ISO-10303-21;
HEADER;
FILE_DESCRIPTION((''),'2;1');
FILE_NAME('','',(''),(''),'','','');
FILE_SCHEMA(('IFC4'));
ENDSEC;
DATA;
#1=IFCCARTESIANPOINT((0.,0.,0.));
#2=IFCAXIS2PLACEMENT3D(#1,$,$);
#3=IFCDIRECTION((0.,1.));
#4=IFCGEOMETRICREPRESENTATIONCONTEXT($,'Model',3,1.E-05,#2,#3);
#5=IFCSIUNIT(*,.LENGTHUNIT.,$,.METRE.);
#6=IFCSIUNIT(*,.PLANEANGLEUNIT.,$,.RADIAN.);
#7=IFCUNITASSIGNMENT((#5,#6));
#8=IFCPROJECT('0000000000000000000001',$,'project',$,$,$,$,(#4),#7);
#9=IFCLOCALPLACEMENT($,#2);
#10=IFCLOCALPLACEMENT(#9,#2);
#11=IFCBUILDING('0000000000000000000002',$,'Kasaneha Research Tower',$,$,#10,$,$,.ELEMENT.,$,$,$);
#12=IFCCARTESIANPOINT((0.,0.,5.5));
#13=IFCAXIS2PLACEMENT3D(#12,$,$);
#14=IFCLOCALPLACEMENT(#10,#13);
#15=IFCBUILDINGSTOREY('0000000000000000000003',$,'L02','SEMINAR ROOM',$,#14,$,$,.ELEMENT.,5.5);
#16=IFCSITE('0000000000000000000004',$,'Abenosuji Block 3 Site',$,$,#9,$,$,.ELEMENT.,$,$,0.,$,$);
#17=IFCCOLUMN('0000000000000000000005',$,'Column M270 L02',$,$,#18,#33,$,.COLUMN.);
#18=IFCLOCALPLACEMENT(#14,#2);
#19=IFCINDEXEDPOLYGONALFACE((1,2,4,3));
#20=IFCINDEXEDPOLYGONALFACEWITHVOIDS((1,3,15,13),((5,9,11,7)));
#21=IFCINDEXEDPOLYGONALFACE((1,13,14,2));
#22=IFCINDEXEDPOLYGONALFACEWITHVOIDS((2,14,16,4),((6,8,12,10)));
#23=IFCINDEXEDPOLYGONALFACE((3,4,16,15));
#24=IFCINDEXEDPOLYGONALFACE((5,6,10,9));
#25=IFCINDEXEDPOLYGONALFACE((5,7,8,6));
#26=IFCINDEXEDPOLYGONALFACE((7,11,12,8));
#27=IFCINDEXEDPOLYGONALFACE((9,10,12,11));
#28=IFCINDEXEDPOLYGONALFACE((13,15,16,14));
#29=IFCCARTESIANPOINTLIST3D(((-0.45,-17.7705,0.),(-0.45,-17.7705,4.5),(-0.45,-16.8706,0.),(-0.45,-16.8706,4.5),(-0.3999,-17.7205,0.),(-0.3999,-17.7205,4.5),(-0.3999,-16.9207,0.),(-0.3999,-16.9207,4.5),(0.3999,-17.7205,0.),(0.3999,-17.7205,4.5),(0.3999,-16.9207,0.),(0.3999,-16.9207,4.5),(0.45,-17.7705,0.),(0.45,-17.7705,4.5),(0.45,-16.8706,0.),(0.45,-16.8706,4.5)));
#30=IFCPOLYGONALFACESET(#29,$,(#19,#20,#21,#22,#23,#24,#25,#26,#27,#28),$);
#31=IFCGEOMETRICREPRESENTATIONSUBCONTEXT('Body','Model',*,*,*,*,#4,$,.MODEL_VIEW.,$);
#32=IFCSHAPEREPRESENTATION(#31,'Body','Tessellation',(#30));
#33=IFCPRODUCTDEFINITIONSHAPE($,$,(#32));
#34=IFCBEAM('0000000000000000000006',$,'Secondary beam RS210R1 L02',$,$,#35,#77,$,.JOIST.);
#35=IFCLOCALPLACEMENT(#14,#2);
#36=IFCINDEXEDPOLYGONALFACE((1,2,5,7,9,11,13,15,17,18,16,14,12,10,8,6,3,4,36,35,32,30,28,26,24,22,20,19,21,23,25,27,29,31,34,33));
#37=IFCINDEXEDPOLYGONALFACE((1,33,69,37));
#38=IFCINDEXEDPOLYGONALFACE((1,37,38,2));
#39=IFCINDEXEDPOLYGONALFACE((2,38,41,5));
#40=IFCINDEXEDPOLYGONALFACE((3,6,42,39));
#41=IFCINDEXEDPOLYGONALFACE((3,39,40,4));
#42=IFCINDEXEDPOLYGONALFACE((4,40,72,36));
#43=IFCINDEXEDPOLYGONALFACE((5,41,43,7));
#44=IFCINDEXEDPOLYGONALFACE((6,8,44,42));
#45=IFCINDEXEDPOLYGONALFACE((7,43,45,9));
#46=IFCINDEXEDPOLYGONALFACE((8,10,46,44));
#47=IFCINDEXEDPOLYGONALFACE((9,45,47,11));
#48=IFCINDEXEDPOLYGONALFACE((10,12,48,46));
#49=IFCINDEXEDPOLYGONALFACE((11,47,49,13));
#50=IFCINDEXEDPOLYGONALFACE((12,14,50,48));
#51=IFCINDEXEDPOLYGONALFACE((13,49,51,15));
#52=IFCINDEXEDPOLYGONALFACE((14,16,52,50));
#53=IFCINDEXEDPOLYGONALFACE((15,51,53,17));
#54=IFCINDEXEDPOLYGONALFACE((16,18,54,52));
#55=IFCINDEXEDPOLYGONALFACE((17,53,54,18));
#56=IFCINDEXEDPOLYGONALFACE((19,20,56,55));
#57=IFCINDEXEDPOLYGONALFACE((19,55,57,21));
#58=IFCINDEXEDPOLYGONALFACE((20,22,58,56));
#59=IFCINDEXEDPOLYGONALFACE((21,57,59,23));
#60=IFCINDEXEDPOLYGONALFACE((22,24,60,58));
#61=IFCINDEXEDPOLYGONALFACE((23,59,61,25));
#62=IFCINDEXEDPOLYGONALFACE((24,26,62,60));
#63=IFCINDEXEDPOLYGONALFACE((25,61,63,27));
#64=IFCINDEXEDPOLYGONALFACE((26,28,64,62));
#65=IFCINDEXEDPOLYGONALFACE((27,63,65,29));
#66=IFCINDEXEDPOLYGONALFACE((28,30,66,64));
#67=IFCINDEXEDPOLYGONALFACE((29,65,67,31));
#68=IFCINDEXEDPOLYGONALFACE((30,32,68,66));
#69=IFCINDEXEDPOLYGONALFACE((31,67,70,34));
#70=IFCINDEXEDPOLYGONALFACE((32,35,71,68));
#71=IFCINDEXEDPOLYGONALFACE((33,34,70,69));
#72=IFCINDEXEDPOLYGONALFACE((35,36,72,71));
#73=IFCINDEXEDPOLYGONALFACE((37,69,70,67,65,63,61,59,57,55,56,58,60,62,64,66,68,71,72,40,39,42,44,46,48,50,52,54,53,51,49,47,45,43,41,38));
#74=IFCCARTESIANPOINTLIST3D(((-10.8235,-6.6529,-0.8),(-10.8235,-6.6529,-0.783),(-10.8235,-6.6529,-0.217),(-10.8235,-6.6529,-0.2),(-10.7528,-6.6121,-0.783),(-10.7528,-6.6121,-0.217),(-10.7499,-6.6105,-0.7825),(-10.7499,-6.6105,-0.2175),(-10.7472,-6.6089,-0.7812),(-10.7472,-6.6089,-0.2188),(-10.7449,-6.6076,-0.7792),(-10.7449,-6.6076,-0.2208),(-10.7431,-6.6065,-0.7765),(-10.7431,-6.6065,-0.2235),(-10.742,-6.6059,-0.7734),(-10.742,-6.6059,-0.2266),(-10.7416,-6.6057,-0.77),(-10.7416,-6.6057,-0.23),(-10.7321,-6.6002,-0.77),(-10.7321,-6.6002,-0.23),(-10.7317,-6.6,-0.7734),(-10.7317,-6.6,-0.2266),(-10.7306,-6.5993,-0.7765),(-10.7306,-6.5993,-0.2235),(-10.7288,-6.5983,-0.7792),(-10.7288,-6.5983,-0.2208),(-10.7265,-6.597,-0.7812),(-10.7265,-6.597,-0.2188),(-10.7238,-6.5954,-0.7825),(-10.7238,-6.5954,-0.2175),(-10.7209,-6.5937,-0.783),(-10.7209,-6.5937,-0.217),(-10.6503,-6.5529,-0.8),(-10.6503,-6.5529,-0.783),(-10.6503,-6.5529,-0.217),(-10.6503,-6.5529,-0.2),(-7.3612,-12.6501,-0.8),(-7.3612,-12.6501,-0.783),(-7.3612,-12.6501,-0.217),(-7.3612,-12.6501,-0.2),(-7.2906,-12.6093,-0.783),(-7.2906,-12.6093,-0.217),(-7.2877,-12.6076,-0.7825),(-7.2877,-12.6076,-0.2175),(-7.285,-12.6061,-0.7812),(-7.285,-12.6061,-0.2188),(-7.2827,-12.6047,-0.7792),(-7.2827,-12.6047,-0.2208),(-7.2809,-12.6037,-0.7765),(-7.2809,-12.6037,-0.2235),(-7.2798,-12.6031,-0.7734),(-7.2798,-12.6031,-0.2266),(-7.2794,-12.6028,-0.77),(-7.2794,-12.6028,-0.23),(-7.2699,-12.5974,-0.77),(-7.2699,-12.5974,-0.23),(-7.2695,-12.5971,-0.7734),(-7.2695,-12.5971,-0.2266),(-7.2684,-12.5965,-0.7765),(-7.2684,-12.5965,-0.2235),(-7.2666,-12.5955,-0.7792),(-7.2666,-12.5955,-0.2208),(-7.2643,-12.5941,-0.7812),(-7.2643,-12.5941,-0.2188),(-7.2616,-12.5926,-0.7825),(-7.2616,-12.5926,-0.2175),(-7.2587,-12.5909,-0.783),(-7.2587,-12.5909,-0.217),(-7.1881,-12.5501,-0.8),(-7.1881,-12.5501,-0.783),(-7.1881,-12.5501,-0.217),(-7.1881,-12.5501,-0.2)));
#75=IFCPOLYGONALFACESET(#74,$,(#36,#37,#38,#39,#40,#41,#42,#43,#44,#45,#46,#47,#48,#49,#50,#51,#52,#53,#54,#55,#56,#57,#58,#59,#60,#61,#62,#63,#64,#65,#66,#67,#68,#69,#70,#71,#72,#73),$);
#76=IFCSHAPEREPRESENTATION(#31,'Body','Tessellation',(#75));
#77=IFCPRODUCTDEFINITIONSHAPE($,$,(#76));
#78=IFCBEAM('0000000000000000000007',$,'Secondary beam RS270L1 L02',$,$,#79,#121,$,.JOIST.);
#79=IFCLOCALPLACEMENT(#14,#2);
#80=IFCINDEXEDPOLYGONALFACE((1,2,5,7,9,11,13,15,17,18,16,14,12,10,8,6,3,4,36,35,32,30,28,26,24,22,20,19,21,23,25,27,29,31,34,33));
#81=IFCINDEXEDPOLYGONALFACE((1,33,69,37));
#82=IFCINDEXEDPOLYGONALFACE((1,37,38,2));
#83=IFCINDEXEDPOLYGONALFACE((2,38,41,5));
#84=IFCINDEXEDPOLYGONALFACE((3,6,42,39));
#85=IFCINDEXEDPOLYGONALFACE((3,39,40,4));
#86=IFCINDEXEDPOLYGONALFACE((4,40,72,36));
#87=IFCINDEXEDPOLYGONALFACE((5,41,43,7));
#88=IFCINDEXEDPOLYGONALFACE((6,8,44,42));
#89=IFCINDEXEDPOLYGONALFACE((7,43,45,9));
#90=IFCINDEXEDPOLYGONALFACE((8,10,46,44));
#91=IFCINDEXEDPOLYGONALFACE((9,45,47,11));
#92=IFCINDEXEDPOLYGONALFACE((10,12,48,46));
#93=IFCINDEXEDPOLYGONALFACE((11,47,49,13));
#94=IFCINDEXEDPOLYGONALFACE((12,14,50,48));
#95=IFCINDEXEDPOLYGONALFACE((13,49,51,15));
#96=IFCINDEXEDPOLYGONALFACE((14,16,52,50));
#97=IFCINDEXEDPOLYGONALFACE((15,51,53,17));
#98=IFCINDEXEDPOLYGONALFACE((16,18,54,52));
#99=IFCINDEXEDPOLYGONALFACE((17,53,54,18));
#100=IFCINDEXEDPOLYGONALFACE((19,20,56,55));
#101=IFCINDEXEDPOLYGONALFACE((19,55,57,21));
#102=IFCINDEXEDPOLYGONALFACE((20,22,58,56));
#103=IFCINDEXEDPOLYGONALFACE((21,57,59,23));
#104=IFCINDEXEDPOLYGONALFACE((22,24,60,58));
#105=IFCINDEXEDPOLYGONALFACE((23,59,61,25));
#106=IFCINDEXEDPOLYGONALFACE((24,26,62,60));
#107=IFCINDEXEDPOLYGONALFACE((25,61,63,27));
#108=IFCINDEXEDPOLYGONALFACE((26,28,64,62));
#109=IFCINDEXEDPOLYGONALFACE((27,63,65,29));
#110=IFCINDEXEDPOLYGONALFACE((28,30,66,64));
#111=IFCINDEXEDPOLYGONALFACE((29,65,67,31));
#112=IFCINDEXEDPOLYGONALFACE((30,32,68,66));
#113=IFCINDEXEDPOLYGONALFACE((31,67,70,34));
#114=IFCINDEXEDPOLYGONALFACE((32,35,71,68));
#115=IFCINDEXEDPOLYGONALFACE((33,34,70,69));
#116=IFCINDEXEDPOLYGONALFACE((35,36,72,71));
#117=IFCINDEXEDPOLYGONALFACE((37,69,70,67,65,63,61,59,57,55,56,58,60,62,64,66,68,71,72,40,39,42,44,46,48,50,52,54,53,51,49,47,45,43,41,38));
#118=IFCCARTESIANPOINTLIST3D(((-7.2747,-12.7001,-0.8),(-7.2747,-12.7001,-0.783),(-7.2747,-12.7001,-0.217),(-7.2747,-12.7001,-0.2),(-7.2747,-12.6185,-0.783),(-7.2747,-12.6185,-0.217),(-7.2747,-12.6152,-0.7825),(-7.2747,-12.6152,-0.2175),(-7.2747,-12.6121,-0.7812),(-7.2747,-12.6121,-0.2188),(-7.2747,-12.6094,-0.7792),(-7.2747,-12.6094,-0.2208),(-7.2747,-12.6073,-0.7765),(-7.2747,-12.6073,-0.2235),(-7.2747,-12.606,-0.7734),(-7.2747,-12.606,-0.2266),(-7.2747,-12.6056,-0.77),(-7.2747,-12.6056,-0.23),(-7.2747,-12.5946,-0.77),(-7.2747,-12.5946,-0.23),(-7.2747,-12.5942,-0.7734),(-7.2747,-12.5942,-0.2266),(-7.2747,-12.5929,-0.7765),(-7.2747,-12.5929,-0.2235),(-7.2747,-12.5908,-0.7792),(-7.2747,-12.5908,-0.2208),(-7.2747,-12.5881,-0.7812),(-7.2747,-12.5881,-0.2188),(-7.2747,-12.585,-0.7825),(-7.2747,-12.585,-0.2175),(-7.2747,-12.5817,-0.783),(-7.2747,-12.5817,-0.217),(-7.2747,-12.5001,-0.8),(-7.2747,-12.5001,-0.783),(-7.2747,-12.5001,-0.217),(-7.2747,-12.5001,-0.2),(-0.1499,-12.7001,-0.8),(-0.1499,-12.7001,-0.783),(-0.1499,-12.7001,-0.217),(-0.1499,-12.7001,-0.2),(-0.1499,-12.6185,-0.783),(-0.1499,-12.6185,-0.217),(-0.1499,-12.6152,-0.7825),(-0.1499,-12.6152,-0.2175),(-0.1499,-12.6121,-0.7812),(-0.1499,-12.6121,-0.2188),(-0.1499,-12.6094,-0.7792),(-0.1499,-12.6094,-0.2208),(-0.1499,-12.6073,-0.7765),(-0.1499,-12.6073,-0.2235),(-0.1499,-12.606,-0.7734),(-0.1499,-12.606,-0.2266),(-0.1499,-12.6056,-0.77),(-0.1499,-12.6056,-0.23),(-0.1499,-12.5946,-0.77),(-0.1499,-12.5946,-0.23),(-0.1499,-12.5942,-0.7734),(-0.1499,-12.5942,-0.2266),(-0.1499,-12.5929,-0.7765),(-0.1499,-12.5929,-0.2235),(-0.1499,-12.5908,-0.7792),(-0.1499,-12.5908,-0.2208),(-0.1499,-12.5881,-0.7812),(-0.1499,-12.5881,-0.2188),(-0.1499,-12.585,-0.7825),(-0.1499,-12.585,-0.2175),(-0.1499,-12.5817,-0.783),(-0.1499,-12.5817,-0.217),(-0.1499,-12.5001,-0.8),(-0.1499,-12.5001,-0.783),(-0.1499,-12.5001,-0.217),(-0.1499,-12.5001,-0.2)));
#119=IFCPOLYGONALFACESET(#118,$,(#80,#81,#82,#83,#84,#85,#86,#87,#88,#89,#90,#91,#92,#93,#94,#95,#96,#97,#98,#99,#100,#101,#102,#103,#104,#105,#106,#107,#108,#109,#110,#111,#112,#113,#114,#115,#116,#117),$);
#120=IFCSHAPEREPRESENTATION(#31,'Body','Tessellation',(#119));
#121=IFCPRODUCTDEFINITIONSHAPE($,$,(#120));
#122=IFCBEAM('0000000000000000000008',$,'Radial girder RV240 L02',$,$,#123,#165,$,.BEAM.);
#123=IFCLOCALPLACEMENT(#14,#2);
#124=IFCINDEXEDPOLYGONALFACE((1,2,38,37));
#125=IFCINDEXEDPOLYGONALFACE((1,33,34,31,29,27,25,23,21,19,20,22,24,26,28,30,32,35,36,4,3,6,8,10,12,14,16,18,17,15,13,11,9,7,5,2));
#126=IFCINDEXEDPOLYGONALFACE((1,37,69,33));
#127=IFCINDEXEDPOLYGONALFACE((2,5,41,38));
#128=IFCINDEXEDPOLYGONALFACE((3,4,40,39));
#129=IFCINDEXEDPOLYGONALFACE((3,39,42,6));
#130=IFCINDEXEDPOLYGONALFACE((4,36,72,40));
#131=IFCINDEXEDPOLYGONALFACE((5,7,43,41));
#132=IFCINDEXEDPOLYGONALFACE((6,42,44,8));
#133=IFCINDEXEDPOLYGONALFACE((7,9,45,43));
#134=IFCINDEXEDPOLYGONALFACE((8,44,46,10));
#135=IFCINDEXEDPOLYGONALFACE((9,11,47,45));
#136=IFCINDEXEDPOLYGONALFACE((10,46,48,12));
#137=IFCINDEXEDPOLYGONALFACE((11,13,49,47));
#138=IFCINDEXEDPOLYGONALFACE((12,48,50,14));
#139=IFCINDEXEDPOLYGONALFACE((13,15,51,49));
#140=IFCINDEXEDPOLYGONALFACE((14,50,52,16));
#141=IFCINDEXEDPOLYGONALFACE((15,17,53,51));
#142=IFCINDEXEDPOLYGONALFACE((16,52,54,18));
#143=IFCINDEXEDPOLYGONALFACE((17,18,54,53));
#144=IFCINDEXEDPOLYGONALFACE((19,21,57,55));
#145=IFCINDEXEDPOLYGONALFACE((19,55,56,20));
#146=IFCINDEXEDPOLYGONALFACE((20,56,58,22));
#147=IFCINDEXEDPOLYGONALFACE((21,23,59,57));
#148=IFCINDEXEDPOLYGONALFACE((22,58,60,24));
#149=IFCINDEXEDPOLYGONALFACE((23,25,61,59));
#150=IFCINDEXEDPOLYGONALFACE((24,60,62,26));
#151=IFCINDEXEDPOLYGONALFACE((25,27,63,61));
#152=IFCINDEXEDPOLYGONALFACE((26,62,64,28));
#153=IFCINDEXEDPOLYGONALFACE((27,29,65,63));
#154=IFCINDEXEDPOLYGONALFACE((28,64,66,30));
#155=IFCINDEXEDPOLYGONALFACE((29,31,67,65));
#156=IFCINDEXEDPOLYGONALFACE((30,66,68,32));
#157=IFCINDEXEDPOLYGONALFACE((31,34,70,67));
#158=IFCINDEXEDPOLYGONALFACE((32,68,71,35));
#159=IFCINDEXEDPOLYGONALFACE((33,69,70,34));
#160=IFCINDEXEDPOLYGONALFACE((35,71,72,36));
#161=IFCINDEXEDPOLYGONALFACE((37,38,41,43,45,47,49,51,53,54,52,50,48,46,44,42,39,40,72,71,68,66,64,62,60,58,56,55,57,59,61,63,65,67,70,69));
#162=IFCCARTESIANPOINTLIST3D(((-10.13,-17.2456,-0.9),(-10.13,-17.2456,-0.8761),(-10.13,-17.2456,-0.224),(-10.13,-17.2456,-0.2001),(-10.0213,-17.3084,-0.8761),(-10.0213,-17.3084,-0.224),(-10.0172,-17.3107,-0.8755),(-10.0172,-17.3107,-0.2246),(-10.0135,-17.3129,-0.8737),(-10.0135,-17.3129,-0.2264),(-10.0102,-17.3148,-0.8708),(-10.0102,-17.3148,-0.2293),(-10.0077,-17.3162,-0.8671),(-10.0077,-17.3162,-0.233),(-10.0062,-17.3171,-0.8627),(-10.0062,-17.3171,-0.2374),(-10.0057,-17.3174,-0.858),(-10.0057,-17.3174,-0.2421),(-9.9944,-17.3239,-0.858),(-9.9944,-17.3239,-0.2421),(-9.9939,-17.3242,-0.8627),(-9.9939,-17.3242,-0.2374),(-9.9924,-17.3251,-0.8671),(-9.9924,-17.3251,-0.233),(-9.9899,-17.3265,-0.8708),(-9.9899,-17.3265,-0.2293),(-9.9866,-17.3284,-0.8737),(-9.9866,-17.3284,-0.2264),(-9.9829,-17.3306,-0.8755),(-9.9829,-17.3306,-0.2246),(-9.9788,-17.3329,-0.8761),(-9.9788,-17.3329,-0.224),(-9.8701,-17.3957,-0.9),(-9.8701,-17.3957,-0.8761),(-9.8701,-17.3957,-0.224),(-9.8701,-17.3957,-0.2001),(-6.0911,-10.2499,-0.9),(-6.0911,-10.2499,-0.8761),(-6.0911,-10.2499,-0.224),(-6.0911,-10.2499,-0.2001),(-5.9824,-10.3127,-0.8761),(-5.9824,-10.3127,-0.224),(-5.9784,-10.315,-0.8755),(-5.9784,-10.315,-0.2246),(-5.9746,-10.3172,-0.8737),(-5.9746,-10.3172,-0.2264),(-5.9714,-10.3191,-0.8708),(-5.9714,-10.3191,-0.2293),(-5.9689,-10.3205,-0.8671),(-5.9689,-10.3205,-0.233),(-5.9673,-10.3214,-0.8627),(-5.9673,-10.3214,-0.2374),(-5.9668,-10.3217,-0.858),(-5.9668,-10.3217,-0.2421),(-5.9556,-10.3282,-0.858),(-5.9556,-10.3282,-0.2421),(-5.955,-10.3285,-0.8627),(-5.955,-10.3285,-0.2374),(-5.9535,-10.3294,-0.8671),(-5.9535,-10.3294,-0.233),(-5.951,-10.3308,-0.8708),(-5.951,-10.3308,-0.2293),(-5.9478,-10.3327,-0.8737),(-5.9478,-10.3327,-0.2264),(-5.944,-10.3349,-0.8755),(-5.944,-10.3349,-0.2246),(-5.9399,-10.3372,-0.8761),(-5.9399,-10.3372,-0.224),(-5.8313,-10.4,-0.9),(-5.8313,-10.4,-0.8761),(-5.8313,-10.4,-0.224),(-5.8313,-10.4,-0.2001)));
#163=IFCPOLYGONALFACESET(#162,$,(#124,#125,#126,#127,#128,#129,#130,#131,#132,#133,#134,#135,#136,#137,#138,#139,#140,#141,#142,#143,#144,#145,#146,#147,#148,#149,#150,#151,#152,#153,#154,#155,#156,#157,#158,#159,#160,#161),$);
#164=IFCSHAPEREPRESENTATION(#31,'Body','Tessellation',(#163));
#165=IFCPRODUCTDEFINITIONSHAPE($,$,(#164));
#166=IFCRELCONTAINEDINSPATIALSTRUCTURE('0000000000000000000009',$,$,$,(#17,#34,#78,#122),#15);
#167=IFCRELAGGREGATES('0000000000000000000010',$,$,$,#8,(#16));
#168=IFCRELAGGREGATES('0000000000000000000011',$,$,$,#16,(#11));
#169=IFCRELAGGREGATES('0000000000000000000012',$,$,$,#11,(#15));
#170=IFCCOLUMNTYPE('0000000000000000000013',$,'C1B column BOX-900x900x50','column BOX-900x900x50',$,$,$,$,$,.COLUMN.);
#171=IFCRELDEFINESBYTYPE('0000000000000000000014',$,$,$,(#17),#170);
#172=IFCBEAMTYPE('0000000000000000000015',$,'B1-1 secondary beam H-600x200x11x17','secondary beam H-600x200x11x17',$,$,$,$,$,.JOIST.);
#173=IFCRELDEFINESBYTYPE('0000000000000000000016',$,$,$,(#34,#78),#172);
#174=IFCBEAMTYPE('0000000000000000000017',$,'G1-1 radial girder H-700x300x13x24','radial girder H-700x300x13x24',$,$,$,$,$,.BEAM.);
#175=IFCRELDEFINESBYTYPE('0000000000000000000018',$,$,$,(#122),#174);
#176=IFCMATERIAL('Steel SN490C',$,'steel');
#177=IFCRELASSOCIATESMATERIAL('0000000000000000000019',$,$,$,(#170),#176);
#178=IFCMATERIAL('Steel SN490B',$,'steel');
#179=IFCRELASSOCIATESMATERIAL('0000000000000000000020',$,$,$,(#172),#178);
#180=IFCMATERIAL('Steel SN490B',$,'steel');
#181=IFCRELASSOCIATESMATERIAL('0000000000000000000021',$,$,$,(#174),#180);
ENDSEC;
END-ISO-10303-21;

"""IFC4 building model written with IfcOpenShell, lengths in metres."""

from ifc_helpers import new_model, si_unit, direction, frame, origin, origin_2d, place, context, subcontext, project, spatial, hollow_rectangle, i_section, extrude, material, material_profile, profile_set, type_object, element, save


model = new_model("IFC4")

# Units and contexts
model_context = context("Model", 3, precision=1e-05, world=origin(), true_north=direction((0.0, 1.0)))
body_context = subcontext(model_context, "Body", "Model", "MODEL_VIEW")
ifc_project = project(units=[si_unit("LENGTHUNIT", "METRE"), si_unit("PLANEANGLEUNIT", "RADIAN")], contexts=[model_context])

# Site, building, storey
site_placement = place(None, origin())
site = spatial("IfcSite", under=ifc_project, at=site_placement, Name="Abenosuji Block 3 Site", CompositionType="ELEMENT", RefElevation=0.0)
building_placement = place(site_placement, origin())
building = spatial("IfcBuilding", under=site, at=building_placement, Name="Kasaneha Research Tower", CompositionType="ELEMENT")
storey_placement = place(building_placement, frame((0.0, 0.0, 5.5)))
storey = spatial("IfcBuildingStorey", under=building, at=storey_placement, Name="L02", Description="SEMINAR ROOM", CompositionType="ELEMENT", Elevation=5.5)

# Column
ifc_material_1 = material(Name="Steel SN490C", Category="steel")
ifc_material_profile_1 = material_profile(ifc_material_1, hollow_rectangle(XDim=0.8999, YDim=0.8999, WallThickness=0.05, at=origin_2d()), Name="BOX-900x900x50")
ifc_profile_set_1 = profile_set([ifc_material_profile_1], Name="Steel SN490C")
column_type = type_object("IfcColumnType", Name="C1B column BOX-900x900x50", Description="column BOX-900x900x50", PredefinedType="COLUMN", material=ifc_profile_set_1)
column_placement = place(storey_placement, frame((0.0, -17.3206, 0.0), z_axis=(0.0, 0.0, 1.0), x_axis=(1.0, 0.0, 0.0)))
element("IfcColumn", 1, at=column_placement, inside=storey, type_object=column_type, Name="Column M270 L02", PredefinedType="COLUMN", context=body_context, shape_type="SweptSolid", body=[
    extrude(hollow_rectangle(XDim=0.8999, YDim=0.8999, WallThickness=0.05, at=origin_2d()), origin(), (0.0, 0.0, 1.0), 4.5),
])

# Beams
ifc_material_2 = material(Name="Steel SN490B", Category="steel")
ifc_material_profile_2 = material_profile(ifc_material_2, i_section(OverallWidth=0.2, OverallDepth=0.6001, WebThickness=0.011, FlangeThickness=0.0171, FilletRadius=0.0129, at=origin_2d()), Name="H-600x200x11x17")
ifc_profile_set_2 = profile_set([ifc_material_profile_2], Name="Steel SN490B")
beam_type_1 = type_object("IfcBeamType", Name="B1-1 secondary beam H-600x200x11x17", Description="secondary beam H-600x200x11x17", PredefinedType="JOIST", material=ifc_profile_set_2)
beam_1_placement = place(storey_placement, frame((-7.2747, -12.6001, -0.5), z_axis=(-0.499973, 0.866041, 0.0), x_axis=(-0.866041, -0.499973, 0.0)))
element("IfcBeam", 2, at=beam_1_placement, inside=storey, type_object=beam_type_1, Name="Secondary beam RS210R1 L02", PredefinedType="JOIST", context=body_context, shape_type="SweptSolid", body=[
    extrude(i_section(OverallWidth=0.2, OverallDepth=0.6001, WebThickness=0.011, FlangeThickness=0.0171, FilletRadius=0.0129, at=origin_2d()), origin(), (0.0, 0.0, 1.0), 6.9248),
])
beam_2_placement = place(storey_placement, frame((-7.2747, -12.6001, -0.5), z_axis=(1.0, 0.0, 0.0), x_axis=(0.0, 1.0, 0.0)))
element("IfcBeam", 3, at=beam_2_placement, inside=storey, type_object=beam_type_1, Name="Secondary beam RS270L1 L02", PredefinedType="JOIST", context=body_context, shape_type="SweptSolid", body=[
    extrude(i_section(OverallWidth=0.2, OverallDepth=0.6001, WebThickness=0.011, FlangeThickness=0.0171, FilletRadius=0.0129, at=origin_2d()), origin(), (0.0, 0.0, 1.0), 7.1248),
])
ifc_material_3 = material(Name="Steel SN490B", Category="steel")
ifc_material_profile_3 = material_profile(ifc_material_3, i_section(OverallWidth=0.3, OverallDepth=0.7, WebThickness=0.0129, FlangeThickness=0.0239, FilletRadius=0.0181, at=origin_2d()), Name="H-700x300x13x24")
ifc_profile_set_3 = profile_set([ifc_material_profile_3], Name="Steel SN490B")
beam_type_2 = type_object("IfcBeamType", Name="G1-1 radial girder H-700x300x13x24", Description="radial girder H-700x300x13x24", PredefinedType="BEAM", material=ifc_profile_set_3)
beam_3_placement = place(storey_placement, frame((-5.9612, -10.325, -0.55), z_axis=(-0.499991, -0.866031, 0.0), x_axis=(0.866031, -0.499991, 0.0)))
element("IfcBeam", 4, at=beam_3_placement, inside=storey, type_object=beam_type_2, Name="Radial girder RV240 L02", PredefinedType="BEAM", context=body_context, shape_type="SweptSolid", body=[
    extrude(i_section(OverallWidth=0.3, OverallDepth=0.7, WebThickness=0.0129, FlangeThickness=0.0239, FilletRadius=0.0181, at=origin_2d()), origin(), (0.0, 0.0, 1.0), 8.0779),
])

save(model, "model.ifc")
